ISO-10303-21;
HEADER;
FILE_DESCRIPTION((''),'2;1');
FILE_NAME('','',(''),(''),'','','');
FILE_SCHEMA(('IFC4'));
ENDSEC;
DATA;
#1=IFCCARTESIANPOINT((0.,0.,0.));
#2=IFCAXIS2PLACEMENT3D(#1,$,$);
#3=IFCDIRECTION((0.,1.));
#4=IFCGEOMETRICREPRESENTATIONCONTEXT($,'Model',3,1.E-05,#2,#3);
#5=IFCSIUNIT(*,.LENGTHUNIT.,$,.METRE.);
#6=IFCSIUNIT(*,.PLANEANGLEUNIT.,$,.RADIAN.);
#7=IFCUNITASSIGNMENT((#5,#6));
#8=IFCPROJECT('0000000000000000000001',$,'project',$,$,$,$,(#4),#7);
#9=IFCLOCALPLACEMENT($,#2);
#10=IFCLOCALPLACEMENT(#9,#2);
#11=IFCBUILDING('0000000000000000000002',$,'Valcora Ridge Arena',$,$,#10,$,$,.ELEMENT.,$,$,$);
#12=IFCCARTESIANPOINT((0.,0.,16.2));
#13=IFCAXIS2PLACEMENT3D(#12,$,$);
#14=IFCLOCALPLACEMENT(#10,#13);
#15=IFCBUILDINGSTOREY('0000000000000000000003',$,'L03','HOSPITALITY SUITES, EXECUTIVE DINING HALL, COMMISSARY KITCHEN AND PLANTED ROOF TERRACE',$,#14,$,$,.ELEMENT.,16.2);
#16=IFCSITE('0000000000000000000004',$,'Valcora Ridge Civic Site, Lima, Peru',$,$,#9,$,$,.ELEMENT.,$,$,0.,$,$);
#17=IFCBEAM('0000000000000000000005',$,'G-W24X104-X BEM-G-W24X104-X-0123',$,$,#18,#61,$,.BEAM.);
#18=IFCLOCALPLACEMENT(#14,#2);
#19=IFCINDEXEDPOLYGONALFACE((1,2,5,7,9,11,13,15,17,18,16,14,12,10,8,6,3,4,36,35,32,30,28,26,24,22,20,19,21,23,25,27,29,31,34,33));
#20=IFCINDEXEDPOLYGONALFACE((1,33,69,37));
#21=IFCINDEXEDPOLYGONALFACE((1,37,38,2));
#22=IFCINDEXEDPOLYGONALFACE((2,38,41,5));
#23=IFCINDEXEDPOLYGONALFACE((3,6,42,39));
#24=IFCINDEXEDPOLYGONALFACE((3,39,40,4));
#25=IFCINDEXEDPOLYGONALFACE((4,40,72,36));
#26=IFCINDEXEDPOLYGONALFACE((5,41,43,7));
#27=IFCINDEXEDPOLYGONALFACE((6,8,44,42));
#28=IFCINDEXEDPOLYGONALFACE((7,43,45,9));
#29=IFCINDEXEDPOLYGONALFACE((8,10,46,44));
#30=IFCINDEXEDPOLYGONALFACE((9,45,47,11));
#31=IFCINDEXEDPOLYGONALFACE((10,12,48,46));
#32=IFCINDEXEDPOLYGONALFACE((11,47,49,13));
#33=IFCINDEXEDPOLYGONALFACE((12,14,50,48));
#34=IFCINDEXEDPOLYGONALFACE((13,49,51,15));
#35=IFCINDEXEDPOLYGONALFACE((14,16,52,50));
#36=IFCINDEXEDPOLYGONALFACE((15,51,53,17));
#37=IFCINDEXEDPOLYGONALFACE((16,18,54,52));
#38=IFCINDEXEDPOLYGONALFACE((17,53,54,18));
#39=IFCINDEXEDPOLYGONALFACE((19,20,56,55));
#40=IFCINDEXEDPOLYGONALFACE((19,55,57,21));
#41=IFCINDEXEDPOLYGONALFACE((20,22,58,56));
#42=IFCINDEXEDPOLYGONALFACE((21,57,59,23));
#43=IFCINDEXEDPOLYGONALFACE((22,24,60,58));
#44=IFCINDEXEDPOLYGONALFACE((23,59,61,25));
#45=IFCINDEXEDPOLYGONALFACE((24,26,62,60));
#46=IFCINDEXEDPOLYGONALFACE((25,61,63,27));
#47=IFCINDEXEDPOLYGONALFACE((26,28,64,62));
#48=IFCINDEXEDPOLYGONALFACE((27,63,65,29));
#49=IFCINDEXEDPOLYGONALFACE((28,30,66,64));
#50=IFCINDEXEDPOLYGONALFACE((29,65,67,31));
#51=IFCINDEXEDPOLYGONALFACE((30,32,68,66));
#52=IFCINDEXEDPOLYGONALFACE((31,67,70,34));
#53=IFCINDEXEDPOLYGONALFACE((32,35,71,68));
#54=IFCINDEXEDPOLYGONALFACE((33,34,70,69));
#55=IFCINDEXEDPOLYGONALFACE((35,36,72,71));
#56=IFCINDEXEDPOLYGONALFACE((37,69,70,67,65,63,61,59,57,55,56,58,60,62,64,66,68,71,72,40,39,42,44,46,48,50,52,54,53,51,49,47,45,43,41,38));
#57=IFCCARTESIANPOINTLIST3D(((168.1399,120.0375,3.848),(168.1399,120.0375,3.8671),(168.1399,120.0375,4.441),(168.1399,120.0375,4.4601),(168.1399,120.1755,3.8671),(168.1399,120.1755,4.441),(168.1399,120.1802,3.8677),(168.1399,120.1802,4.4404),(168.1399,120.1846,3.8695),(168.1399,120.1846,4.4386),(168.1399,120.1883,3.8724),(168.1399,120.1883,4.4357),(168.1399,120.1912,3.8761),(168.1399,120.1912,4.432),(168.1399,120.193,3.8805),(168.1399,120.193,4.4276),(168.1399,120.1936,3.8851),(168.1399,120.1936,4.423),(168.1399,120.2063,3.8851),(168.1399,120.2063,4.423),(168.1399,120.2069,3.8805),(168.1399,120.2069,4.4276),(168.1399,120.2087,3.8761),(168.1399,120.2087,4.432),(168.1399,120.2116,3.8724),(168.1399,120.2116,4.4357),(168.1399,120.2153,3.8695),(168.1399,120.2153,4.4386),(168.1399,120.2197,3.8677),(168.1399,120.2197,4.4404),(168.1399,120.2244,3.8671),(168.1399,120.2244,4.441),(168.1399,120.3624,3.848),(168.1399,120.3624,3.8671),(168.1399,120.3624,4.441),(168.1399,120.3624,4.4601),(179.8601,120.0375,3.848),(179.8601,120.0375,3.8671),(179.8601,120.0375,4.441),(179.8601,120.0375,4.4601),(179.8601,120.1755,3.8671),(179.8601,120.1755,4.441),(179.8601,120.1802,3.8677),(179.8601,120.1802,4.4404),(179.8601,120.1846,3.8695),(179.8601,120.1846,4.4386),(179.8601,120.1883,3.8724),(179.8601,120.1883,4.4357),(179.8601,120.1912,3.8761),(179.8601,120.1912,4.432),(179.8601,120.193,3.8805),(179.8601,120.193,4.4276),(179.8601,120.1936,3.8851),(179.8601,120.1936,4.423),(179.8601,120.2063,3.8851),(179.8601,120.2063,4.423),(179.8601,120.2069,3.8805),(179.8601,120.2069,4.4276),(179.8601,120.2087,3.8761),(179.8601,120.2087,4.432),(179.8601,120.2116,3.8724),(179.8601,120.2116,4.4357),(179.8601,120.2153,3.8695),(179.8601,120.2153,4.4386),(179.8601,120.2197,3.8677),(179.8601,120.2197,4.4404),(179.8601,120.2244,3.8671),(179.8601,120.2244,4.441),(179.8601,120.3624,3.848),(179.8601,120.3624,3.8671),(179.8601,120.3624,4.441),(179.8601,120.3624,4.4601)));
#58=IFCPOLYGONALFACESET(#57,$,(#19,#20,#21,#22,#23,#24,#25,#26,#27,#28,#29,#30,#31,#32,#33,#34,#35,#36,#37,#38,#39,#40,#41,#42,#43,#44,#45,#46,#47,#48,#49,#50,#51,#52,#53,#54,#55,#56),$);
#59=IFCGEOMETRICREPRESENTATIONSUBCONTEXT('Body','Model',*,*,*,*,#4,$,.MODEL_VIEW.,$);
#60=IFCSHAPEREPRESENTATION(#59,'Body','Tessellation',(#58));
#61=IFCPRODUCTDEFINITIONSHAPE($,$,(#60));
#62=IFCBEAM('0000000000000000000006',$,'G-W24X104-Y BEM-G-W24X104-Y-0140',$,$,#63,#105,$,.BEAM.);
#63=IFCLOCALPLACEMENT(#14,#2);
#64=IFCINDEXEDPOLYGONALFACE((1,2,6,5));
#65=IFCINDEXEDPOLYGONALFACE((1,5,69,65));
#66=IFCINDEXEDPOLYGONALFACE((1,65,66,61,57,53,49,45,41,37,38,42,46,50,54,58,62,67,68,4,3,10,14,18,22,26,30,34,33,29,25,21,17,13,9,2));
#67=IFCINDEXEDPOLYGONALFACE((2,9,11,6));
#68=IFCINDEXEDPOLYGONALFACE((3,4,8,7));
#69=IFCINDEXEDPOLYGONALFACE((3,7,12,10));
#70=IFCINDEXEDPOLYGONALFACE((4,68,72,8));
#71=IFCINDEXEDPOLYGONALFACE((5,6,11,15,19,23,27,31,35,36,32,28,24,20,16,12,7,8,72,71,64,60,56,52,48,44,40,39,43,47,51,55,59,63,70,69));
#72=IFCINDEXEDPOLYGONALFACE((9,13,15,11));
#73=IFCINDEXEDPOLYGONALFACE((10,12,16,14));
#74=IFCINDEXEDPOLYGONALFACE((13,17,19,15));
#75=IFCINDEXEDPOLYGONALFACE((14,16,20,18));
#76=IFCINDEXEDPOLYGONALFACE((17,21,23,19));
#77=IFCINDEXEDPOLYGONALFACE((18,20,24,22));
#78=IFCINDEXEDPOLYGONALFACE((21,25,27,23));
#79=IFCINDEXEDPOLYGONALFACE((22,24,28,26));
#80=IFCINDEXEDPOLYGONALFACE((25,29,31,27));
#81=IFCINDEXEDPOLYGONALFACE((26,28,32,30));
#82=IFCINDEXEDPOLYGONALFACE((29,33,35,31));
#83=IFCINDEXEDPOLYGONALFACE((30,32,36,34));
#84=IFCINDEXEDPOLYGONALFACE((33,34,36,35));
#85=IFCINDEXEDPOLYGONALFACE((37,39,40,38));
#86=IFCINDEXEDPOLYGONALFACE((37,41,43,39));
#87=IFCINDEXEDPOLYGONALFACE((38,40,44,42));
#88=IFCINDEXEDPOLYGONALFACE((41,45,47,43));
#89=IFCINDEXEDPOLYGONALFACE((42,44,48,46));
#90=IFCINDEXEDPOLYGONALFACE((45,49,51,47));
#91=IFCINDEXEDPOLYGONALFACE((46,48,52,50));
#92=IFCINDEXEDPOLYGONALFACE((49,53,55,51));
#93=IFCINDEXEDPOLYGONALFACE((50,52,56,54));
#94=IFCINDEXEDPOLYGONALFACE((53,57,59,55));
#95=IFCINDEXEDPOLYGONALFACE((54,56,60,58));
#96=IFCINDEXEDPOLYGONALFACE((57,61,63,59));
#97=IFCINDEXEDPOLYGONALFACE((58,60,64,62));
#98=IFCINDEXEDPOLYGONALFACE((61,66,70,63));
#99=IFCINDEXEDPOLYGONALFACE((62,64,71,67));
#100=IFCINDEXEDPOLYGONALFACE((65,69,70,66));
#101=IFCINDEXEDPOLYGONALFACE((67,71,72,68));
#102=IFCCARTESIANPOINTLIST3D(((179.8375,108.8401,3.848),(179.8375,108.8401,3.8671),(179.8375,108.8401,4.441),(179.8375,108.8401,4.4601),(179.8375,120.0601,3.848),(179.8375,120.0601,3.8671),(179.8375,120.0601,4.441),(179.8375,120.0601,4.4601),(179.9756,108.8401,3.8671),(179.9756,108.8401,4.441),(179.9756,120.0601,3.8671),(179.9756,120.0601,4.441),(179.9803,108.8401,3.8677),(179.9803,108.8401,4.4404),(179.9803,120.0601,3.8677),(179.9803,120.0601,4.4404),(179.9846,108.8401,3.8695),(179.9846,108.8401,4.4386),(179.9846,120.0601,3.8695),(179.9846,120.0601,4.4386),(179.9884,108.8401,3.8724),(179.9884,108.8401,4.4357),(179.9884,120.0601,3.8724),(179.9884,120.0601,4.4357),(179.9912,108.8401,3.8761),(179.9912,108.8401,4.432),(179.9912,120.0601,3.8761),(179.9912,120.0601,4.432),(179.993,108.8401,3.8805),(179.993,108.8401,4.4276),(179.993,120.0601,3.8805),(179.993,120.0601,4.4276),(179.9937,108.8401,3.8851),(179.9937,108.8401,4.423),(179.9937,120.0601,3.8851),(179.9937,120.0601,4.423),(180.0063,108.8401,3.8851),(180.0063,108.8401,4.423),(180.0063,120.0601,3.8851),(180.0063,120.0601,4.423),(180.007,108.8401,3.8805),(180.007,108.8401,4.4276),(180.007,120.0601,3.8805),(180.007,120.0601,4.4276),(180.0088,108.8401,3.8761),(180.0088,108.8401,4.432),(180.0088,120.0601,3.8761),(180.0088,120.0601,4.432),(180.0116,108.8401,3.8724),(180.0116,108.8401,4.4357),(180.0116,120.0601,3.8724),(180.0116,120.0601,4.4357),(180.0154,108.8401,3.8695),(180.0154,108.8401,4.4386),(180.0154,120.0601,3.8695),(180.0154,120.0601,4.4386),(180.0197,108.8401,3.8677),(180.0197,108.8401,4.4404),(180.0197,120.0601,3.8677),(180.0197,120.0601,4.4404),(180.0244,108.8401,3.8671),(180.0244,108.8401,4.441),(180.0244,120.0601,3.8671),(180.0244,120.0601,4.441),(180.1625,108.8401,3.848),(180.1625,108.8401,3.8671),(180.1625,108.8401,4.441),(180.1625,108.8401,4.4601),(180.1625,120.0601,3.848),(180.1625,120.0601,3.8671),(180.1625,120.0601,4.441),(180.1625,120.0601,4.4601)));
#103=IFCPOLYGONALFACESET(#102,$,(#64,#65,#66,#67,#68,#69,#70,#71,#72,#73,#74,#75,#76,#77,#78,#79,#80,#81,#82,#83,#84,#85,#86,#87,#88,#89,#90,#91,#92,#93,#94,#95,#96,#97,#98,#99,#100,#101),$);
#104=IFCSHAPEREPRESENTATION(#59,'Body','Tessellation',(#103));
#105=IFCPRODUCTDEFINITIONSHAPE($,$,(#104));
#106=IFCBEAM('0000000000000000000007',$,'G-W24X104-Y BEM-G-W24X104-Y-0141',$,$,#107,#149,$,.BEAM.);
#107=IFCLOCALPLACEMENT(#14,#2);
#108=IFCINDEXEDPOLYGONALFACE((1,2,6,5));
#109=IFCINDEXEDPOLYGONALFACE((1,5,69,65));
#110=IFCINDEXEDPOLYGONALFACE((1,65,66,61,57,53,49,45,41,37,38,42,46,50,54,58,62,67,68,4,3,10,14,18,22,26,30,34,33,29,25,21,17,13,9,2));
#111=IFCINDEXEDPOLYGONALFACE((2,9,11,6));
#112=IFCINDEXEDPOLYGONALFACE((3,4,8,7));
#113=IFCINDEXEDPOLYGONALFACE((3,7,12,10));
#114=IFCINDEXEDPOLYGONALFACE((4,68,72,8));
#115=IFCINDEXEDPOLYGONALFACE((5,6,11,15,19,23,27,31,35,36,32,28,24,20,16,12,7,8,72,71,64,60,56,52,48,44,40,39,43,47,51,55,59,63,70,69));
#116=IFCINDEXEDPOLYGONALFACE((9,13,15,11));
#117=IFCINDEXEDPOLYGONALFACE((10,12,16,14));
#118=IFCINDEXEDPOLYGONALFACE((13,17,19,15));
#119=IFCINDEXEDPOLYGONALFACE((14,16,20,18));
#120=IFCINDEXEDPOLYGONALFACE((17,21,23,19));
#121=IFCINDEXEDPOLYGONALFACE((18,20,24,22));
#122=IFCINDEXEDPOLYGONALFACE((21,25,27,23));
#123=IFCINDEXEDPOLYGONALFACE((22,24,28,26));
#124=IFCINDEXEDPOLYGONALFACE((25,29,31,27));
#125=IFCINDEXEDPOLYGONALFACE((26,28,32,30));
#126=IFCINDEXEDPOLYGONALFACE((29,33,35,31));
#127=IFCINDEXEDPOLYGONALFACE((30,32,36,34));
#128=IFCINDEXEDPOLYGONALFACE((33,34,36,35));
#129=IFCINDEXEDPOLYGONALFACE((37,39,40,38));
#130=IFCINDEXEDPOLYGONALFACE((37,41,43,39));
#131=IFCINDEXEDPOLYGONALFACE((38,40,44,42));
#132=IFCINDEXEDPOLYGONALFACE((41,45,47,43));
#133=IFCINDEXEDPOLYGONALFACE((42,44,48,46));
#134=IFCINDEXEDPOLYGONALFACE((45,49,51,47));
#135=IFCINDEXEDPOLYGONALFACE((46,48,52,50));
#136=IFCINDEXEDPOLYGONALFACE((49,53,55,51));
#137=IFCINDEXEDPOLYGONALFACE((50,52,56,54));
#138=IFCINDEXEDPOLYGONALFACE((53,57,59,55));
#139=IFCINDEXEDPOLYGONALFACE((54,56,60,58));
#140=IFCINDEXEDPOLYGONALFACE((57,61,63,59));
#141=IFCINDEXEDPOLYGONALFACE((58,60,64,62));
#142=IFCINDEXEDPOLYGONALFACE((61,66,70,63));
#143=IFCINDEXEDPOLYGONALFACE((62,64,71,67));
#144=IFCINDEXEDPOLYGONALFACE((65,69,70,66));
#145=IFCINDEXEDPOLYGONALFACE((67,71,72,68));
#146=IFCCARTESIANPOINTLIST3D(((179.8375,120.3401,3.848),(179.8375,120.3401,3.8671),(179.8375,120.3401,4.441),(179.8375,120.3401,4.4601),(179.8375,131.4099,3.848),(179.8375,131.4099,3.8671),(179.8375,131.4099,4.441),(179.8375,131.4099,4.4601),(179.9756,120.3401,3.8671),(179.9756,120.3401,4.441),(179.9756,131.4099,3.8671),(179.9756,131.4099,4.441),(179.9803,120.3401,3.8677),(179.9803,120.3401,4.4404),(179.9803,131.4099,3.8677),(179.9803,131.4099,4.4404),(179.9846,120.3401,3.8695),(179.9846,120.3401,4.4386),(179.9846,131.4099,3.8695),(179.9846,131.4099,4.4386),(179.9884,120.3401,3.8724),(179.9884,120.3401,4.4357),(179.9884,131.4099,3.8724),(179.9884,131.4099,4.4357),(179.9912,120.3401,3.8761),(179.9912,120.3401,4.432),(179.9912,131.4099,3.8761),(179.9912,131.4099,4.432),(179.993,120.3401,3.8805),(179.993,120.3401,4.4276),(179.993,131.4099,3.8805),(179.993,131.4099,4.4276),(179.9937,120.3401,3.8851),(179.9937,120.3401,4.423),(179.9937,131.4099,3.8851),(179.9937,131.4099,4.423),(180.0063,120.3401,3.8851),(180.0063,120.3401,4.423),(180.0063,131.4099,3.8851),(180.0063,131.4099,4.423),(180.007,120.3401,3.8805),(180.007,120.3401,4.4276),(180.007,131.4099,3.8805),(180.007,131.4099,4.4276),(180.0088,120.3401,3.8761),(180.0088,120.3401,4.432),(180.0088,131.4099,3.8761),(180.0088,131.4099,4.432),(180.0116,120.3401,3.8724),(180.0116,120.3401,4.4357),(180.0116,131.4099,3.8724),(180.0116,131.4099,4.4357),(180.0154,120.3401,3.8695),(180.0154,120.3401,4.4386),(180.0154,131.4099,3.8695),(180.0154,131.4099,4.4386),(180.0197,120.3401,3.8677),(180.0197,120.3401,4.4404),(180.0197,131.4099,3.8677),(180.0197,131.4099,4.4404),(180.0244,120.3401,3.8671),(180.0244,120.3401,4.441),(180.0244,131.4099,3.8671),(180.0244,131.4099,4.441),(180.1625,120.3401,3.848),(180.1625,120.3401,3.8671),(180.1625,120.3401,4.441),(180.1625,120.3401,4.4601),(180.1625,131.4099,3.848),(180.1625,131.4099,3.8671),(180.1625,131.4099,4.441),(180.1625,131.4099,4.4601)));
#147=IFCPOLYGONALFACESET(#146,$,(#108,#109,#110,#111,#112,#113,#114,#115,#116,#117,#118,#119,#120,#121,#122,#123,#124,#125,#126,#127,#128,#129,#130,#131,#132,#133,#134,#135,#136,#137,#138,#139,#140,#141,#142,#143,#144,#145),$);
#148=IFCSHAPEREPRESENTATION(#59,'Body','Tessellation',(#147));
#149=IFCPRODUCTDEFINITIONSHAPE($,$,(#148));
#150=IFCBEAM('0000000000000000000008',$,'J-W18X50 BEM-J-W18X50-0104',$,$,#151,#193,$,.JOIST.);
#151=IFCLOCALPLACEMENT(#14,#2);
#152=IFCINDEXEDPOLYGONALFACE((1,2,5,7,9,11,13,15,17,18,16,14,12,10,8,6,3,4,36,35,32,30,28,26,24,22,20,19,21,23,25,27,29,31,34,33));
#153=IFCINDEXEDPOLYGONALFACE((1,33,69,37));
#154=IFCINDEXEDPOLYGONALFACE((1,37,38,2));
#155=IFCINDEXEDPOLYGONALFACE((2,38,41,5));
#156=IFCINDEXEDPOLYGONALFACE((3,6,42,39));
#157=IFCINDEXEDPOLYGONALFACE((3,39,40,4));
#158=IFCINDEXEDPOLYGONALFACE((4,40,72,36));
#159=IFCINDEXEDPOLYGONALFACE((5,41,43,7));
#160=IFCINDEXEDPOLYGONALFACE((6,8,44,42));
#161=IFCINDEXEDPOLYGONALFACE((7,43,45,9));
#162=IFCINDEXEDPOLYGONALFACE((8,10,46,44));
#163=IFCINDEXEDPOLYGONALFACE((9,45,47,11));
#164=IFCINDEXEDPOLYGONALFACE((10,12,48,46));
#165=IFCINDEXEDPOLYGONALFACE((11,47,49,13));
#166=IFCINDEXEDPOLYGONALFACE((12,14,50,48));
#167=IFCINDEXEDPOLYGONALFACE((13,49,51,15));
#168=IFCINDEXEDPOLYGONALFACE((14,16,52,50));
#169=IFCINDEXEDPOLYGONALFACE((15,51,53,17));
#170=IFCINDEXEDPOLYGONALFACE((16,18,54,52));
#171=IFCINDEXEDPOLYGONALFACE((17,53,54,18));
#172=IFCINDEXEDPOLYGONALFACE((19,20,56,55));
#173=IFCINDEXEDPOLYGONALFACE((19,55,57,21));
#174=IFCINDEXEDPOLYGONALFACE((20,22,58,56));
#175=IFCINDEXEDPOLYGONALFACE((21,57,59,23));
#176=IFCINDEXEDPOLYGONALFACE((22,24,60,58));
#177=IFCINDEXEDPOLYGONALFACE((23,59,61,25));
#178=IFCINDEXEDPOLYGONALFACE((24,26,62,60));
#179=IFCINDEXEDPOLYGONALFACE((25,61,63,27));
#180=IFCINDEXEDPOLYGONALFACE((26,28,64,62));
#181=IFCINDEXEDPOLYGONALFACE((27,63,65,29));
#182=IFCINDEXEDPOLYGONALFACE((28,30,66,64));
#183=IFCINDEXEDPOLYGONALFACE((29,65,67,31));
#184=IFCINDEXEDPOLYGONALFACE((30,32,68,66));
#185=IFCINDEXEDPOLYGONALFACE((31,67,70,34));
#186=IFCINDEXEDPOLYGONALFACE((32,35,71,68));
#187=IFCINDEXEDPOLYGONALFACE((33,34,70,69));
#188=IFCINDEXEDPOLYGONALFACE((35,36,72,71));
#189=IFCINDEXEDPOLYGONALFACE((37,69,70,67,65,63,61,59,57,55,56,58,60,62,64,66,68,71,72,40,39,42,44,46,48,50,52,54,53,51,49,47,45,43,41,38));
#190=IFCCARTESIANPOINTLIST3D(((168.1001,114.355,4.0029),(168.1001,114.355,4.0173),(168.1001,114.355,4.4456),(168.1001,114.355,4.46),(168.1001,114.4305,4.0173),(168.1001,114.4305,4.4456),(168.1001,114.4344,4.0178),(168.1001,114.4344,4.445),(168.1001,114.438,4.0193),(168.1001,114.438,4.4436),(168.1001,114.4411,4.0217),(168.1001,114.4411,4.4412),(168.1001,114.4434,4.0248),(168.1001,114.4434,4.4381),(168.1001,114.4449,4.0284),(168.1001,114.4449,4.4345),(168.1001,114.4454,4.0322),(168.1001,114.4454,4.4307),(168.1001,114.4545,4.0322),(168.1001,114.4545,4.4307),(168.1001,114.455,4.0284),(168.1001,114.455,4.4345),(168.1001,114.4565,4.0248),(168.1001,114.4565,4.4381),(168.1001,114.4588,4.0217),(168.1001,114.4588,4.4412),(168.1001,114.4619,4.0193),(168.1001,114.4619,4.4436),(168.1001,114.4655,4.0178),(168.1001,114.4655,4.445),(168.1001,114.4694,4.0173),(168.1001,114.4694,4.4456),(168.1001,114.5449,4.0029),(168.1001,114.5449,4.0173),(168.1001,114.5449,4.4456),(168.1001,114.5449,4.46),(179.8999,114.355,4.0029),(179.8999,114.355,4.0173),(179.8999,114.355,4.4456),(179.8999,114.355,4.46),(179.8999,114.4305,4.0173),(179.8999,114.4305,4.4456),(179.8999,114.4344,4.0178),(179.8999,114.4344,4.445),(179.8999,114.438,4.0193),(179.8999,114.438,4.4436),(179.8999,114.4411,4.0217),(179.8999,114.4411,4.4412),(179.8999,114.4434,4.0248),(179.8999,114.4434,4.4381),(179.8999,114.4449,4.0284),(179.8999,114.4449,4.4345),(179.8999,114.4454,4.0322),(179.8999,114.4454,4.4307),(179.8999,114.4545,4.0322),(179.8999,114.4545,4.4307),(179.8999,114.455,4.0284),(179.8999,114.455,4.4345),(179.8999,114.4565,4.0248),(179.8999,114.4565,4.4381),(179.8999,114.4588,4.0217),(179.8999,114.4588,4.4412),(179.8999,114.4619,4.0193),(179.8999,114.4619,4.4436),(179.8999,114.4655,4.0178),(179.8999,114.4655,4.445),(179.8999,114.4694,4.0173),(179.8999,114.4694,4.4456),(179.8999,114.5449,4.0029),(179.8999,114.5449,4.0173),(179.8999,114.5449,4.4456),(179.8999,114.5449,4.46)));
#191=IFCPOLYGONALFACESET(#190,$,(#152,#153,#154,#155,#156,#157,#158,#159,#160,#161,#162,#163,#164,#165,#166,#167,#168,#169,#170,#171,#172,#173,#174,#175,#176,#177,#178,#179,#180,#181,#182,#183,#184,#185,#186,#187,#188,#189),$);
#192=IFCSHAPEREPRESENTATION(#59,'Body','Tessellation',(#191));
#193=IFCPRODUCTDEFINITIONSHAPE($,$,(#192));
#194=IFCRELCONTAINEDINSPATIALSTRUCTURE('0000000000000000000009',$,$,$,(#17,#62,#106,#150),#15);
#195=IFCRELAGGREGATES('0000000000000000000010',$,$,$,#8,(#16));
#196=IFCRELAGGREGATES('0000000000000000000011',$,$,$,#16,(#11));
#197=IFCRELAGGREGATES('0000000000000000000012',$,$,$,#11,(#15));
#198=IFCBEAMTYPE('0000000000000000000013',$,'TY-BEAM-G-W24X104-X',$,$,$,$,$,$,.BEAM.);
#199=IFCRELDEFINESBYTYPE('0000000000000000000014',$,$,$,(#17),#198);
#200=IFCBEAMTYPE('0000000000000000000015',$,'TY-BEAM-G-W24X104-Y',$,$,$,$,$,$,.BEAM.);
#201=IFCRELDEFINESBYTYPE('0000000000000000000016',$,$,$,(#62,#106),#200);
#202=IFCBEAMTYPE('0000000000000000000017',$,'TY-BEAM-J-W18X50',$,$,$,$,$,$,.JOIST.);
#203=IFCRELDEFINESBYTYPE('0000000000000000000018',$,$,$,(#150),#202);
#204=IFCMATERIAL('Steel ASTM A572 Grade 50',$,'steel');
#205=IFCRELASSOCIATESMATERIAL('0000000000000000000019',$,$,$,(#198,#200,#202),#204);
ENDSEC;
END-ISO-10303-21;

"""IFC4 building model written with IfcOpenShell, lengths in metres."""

from ifc_helpers import new_model, si_unit, direction, frame, origin, origin_2d, place, context, subcontext, project, spatial, i_section, extrude, material, material_profile, profile_set, type_object, element, save


model = new_model("IFC4")

# Units and contexts
model_context = context("Model", 3, precision=1e-05, world=origin(), true_north=direction((0.0, 1.0)))
body_context = subcontext(model_context, "Body", "Model", "MODEL_VIEW")
ifc_project = project(units=[si_unit("LENGTHUNIT", "METRE"), si_unit("PLANEANGLEUNIT", "RADIAN")], contexts=[model_context])

# Site, building, storey
site_placement = place(None, origin())
site = spatial("IfcSite", under=ifc_project, at=site_placement, Name="Valcora Ridge Civic Site, Lima, Peru", CompositionType="ELEMENT", RefElevation=0.0)
building_placement = place(site_placement, origin())
building = spatial("IfcBuilding", under=site, at=building_placement, Name="Valcora Ridge Arena", CompositionType="ELEMENT")
storey_placement = place(building_placement, frame((0.0, 0.0, 16.2)))
storey = spatial("IfcBuildingStorey", under=building, at=storey_placement, Name="L03", Description="HOSPITALITY SUITES, EXECUTIVE DINING HALL, COMMISSARY KITCHEN AND PLANTED ROOF TERRACE", CompositionType="ELEMENT", Elevation=16.2)

# Beams
ifc_material_1 = material(Name="Steel ASTM A572 Grade 50", Category="steel")
ifc_material_profile_1 = material_profile(ifc_material_1, i_section(OverallWidth=0.325, OverallDepth=0.6121, WebThickness=0.0127, FlangeThickness=0.019, FilletRadius=0.0181, at=origin_2d()), Name="W24X104")
ifc_profile_set_1 = profile_set([ifc_material_profile_1], Name="Steel ASTM A572 Grade 50")
beam_type_1 = type_object("IfcBeamType", Name="TY-BEAM-G-W24X104-X", PredefinedType="BEAM", material=ifc_profile_set_1)
beam_1_placement = place(storey_placement, frame((168.1399, 120.2, 4.1541), z_axis=(1.0, 0.0, 0.0), x_axis=(0.0, 1.0, 0.0)))
element("IfcBeam", 1, at=beam_1_placement, inside=storey, type_object=beam_type_1, Name="G-W24X104-X BEM-G-W24X104-X-0123", PredefinedType="BEAM", context=body_context, shape_type="SweptSolid", body=[
    extrude(i_section(OverallWidth=0.325, OverallDepth=0.6121, WebThickness=0.0127, FlangeThickness=0.019, FilletRadius=0.0181, at=origin_2d()), origin(), (0.0, 0.0, 1.0), 11.7202),
])
ifc_material_profile_2 = material_profile(ifc_material_1, i_section(OverallWidth=0.325, OverallDepth=0.6121, WebThickness=0.0127, FlangeThickness=0.019, FilletRadius=0.0181, at=origin_2d()), Name="W24X104")
ifc_profile_set_2 = profile_set([ifc_material_profile_2], Name="Steel ASTM A572 Grade 50")
beam_type_2 = type_object("IfcBeamType", Name="TY-BEAM-G-W24X104-Y", PredefinedType="BEAM", material=ifc_profile_set_2)
beam_2_placement = place(storey_placement, frame((180.0, 108.8401, 4.1541), z_axis=(0.0, 1.0, 0.0), x_axis=(-1.0, 0.0, 0.0)))
element("IfcBeam", 2, at=beam_2_placement, inside=storey, type_object=beam_type_2, Name="G-W24X104-Y BEM-G-W24X104-Y-0140", PredefinedType="BEAM", context=body_context, shape_type="SweptSolid", body=[
    extrude(i_section(OverallWidth=0.325, OverallDepth=0.6121, WebThickness=0.0127, FlangeThickness=0.019, FilletRadius=0.0181, at=origin_2d()), origin(), (0.0, 0.0, 1.0), 11.22),
])
beam_3_placement = place(storey_placement, frame((180.0, 120.3401, 4.1541), z_axis=(0.0, 1.0, 0.0), x_axis=(-1.0, 0.0, 0.0)))
element("IfcBeam", 3, at=beam_3_placement, inside=storey, type_object=beam_type_2, Name="G-W24X104-Y BEM-G-W24X104-Y-0141", PredefinedType="BEAM", context=body_context, shape_type="SweptSolid", body=[
    extrude(i_section(OverallWidth=0.325, OverallDepth=0.6121, WebThickness=0.0127, FlangeThickness=0.019, FilletRadius=0.0181, at=origin_2d()), origin(), (0.0, 0.0, 1.0), 11.0698),
])
ifc_material_profile_3 = material_profile(ifc_material_1, i_section(OverallWidth=0.1899, OverallDepth=0.457, WebThickness=0.009, FlangeThickness=0.0144, FilletRadius=0.0149, at=origin_2d()), Name="W18X50")
ifc_profile_set_3 = profile_set([ifc_material_profile_3], Name="Steel ASTM A572 Grade 50")
beam_type_3 = type_object("IfcBeamType", Name="TY-BEAM-J-W18X50", PredefinedType="JOIST", material=ifc_profile_set_3)
for number, where, z_axis, x_axis, name in (
    (4, (168.1001, 114.45, 4.2314), (1.0, 0.0, 0.0), (0.0, 1.0, 0.0), "J-W18X50 BEM-J-W18X50-0104"),
):
    element("IfcBeam", number, at=place(storey_placement, frame(where, z_axis=z_axis, x_axis=x_axis)), inside=storey, type_object=beam_type_3, Name=name, PredefinedType="JOIST", context=body_context, shape_type="SweptSolid", body=[
        extrude(i_section(OverallWidth=0.1899, OverallDepth=0.457, WebThickness=0.009, FlangeThickness=0.0144, FilletRadius=0.0149, at=origin_2d()), origin(), (0.0, 0.0, 1.0), 11.7998),
    ])

save(model, "model.ifc")
